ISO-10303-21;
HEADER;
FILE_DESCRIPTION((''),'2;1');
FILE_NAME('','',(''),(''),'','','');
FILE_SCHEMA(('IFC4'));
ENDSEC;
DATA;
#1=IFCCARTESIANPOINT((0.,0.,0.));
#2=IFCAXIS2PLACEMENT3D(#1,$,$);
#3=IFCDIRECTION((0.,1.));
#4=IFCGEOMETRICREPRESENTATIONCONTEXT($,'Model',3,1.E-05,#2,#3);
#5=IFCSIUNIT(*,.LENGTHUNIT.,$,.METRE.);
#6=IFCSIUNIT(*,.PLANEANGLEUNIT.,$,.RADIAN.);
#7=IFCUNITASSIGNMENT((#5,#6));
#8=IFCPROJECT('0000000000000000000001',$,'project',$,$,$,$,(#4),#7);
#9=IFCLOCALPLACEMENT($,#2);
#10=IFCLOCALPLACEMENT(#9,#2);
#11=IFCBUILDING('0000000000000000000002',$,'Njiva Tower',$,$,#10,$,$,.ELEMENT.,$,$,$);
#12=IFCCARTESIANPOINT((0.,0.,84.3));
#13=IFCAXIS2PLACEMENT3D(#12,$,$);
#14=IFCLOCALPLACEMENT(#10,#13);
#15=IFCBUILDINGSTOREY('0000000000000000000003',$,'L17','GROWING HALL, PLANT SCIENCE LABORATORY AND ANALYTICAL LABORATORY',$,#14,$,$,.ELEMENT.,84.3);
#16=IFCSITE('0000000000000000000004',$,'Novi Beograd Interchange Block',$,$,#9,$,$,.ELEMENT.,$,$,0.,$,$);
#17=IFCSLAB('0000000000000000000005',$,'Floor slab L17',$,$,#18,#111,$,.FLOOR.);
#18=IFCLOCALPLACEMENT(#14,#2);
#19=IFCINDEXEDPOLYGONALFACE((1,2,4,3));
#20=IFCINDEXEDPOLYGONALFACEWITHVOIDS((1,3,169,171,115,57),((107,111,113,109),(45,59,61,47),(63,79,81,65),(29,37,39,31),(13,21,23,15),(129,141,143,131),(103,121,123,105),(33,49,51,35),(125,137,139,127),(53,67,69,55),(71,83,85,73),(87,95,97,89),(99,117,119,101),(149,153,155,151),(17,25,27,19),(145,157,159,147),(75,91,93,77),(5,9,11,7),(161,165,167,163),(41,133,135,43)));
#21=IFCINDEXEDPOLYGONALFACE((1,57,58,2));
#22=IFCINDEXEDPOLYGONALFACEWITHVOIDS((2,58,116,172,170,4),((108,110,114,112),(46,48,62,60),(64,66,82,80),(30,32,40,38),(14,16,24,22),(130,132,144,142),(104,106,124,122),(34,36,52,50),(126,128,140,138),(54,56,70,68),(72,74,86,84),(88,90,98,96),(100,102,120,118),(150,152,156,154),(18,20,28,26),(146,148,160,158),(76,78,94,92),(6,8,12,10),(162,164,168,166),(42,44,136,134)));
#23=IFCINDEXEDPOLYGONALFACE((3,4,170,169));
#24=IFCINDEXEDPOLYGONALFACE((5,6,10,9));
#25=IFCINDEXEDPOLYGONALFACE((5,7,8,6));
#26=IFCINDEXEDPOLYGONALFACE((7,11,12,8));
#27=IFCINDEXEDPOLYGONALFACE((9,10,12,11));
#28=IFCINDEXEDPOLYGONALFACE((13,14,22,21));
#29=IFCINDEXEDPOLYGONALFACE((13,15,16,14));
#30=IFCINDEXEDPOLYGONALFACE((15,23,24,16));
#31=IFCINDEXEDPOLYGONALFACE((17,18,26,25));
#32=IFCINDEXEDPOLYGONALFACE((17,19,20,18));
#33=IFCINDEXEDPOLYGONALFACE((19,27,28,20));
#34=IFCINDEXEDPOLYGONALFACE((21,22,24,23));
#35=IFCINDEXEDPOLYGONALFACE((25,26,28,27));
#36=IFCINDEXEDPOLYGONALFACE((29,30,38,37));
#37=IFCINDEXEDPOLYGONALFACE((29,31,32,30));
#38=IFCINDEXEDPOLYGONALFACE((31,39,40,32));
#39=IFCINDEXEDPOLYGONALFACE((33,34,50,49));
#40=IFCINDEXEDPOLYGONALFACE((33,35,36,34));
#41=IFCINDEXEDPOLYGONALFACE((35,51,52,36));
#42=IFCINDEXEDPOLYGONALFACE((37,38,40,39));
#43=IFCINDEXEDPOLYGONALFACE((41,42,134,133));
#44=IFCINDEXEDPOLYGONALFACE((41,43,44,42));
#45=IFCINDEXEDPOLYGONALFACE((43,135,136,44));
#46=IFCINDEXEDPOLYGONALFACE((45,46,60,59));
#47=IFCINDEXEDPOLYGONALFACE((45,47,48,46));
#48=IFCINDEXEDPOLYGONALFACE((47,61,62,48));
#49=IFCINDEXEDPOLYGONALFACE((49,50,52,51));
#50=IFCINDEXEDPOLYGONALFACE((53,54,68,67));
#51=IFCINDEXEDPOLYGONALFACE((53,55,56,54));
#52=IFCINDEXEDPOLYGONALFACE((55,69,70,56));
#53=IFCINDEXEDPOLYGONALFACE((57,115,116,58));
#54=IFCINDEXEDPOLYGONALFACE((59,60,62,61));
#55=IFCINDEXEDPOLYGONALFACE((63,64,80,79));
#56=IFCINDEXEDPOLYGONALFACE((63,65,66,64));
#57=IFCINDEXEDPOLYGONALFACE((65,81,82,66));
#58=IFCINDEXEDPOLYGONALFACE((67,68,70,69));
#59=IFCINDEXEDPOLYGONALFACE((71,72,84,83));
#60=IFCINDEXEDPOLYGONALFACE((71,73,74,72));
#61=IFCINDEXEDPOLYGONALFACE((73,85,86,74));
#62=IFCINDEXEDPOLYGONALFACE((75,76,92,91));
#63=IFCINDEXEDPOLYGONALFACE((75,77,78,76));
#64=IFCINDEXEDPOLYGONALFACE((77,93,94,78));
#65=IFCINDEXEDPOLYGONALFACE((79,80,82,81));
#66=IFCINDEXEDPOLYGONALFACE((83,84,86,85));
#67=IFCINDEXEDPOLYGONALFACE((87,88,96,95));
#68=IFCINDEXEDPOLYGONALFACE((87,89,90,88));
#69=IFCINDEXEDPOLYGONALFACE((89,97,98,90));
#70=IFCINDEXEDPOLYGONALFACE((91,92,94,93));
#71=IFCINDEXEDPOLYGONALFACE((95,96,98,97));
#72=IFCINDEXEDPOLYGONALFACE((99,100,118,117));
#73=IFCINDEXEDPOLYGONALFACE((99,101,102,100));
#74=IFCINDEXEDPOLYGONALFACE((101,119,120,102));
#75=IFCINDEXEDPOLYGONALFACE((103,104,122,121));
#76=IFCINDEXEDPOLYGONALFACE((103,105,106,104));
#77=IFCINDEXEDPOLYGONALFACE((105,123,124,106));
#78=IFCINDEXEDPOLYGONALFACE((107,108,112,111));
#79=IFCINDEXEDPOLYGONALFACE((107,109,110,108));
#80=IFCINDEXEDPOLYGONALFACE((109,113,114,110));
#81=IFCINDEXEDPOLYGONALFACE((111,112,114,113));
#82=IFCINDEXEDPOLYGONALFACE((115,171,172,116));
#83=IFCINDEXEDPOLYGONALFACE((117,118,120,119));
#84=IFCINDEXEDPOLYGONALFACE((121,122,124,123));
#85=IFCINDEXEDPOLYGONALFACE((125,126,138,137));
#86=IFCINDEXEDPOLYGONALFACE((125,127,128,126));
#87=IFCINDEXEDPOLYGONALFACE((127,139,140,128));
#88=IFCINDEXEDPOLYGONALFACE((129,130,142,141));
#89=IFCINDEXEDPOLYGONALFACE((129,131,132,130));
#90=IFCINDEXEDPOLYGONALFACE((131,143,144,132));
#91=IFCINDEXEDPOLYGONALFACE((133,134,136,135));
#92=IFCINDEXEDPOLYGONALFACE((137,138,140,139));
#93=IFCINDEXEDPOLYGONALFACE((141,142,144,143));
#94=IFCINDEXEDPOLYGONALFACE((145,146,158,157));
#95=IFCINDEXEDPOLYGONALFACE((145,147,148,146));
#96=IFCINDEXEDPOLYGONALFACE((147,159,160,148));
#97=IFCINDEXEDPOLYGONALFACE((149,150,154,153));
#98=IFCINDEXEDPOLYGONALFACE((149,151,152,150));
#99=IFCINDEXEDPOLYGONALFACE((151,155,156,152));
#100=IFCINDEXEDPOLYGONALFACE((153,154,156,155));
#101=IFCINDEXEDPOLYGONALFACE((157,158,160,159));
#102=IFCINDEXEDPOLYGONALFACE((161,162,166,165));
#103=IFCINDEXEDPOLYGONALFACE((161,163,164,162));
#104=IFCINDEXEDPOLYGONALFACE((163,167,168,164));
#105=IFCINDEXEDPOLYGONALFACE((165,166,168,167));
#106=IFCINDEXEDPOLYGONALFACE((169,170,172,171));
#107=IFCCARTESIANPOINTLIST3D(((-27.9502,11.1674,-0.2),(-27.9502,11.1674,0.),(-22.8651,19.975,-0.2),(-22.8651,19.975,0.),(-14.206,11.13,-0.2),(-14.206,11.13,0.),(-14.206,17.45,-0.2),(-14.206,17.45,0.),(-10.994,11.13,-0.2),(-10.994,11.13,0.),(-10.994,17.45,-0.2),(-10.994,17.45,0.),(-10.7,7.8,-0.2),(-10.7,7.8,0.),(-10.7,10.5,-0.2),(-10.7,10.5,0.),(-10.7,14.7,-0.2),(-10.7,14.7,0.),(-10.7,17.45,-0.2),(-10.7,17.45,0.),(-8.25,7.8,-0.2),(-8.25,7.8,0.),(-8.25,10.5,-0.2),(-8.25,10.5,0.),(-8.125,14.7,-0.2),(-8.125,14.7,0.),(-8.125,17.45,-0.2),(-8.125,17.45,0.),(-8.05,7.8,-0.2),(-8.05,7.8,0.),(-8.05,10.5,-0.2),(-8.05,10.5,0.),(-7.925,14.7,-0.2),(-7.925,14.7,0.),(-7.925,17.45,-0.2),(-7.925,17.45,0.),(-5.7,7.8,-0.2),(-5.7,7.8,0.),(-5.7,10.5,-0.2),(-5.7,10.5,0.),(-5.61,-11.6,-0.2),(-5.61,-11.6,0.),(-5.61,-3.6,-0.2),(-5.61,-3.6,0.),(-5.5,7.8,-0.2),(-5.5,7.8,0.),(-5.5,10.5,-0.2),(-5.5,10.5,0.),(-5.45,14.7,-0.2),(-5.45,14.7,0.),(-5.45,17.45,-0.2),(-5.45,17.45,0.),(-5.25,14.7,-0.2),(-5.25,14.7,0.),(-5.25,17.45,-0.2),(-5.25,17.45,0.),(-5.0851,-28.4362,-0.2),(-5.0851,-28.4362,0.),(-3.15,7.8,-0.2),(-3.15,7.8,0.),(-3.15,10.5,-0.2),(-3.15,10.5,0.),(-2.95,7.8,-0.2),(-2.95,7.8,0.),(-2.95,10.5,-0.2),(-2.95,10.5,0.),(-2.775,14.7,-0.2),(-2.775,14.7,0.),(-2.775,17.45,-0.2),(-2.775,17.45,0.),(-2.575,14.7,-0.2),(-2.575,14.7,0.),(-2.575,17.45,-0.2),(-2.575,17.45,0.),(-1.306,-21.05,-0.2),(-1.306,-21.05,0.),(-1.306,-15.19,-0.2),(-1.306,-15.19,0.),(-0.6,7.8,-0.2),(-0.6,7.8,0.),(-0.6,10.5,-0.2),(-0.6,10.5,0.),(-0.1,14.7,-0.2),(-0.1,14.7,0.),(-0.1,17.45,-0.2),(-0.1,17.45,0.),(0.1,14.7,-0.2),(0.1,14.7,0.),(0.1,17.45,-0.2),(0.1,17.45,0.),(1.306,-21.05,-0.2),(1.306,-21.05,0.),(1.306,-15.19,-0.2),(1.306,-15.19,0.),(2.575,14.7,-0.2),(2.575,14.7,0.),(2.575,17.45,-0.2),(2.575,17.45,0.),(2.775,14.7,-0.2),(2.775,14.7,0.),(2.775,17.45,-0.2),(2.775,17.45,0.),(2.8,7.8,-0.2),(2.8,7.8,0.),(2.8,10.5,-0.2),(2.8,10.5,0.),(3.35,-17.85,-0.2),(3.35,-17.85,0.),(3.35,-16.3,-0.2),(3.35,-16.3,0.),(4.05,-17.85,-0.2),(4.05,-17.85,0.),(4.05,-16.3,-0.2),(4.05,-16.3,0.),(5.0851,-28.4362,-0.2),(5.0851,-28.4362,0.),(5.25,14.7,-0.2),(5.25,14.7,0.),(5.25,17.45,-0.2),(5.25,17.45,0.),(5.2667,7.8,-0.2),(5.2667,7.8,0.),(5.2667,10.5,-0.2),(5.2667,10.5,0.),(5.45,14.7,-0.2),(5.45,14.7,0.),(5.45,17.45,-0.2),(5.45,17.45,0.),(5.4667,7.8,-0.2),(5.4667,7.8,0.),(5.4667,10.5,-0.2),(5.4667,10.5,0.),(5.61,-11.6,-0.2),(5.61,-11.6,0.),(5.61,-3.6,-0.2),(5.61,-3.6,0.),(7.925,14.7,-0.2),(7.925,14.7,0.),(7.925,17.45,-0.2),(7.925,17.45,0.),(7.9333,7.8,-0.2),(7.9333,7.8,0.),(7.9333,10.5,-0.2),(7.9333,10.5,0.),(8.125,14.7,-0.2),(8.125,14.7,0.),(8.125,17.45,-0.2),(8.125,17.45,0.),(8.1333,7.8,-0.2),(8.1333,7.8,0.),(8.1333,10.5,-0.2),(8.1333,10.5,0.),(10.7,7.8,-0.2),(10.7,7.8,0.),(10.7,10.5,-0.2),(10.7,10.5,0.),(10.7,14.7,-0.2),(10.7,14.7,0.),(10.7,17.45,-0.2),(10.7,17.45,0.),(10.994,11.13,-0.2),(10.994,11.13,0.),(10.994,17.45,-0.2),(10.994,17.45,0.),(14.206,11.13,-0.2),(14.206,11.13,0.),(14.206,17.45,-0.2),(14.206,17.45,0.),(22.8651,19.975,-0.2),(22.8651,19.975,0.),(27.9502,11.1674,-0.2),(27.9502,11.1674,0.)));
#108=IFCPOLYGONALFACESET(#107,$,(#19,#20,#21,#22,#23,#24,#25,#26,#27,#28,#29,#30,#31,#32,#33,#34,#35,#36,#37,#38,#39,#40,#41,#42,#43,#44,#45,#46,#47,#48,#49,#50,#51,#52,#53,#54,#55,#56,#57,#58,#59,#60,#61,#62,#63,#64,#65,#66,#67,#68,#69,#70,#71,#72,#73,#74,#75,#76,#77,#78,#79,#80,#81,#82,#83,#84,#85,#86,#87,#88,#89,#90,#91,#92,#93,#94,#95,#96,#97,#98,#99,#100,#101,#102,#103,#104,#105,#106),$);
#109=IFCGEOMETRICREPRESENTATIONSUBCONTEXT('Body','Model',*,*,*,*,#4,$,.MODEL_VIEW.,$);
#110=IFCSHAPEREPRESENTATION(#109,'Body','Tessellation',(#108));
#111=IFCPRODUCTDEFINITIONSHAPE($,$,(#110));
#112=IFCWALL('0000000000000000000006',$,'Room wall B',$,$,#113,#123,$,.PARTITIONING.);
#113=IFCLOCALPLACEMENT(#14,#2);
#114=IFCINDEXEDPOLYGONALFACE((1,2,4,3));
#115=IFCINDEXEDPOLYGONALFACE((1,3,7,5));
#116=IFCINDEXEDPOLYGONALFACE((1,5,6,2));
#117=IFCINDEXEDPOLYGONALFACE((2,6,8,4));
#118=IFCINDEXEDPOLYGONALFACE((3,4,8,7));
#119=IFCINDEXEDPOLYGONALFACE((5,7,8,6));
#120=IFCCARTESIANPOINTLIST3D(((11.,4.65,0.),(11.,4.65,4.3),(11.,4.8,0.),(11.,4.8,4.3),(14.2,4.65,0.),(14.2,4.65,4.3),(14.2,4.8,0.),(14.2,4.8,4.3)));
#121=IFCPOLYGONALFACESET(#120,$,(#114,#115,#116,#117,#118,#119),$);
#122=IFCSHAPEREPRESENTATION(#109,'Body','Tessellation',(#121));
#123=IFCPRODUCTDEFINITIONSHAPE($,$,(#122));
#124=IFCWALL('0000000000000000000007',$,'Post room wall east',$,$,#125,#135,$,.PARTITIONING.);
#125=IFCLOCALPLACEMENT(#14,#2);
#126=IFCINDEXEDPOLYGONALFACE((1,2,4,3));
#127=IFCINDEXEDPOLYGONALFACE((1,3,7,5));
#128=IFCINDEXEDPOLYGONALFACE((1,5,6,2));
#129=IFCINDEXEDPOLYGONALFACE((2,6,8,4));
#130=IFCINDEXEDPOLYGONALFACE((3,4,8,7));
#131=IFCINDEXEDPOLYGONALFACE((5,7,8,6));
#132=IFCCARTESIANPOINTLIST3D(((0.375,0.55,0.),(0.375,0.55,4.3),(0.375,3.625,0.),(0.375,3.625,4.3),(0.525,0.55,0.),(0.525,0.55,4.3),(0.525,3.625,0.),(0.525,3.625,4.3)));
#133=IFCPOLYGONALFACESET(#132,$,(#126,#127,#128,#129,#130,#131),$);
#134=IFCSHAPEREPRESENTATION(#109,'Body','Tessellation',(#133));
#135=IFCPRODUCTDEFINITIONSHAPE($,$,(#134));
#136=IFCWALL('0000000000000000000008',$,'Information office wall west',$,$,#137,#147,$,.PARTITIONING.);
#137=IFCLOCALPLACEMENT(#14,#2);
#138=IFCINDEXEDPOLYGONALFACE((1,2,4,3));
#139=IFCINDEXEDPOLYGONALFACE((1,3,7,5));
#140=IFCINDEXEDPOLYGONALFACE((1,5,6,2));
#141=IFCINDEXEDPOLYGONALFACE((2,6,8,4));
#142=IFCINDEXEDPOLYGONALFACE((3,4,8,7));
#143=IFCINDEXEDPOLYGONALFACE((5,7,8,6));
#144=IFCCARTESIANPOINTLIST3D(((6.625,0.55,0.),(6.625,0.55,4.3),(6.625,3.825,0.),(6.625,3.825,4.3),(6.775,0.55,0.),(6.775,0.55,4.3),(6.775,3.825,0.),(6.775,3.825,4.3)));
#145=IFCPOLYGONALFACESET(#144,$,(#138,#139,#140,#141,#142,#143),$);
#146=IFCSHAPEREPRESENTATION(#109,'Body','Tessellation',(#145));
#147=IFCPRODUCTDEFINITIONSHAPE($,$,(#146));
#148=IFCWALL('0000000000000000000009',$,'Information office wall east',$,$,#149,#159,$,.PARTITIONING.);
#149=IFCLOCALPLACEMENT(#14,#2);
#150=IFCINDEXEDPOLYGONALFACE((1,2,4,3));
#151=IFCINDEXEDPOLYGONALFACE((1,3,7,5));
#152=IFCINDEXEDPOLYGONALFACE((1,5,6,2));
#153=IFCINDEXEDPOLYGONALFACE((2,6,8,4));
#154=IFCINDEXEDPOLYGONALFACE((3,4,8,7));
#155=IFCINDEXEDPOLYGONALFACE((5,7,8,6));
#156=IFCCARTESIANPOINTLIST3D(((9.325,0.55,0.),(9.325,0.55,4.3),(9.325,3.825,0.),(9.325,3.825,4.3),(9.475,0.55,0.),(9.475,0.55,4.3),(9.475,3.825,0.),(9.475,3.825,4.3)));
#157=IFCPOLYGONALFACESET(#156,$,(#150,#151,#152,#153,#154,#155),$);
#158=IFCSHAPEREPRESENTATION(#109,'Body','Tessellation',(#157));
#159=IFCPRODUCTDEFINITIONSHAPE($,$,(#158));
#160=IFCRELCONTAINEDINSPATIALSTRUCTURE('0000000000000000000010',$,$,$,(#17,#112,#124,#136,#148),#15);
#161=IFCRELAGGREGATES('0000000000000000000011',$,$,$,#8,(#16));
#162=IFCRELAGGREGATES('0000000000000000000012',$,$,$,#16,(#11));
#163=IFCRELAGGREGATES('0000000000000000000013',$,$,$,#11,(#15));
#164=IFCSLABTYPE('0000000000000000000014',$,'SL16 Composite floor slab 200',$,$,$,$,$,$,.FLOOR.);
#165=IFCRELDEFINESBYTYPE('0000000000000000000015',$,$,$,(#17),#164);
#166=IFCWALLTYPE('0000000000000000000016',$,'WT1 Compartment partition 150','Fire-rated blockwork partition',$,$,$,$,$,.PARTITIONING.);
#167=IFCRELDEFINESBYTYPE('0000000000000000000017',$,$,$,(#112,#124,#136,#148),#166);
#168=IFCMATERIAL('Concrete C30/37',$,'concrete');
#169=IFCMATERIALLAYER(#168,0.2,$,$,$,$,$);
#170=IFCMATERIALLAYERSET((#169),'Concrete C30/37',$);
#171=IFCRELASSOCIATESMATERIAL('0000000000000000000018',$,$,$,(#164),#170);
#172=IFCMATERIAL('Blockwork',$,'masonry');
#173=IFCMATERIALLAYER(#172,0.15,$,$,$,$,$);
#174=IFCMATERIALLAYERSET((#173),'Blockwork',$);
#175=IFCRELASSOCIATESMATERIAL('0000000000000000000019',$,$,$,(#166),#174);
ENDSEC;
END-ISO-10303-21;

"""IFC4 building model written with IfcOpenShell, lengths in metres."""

from ifc_helpers import new_model, si_unit, direction, frame, frame_2d, origin, place, context, subcontext, project, spatial, polyline, rectangle, outline, extrude, material, layer, layer_set, type_object, element, save


model = new_model("IFC4")

# Units and contexts
model_context = context("Model", 3, precision=1e-05, world=origin(), true_north=direction((0.0, 1.0)))
body_context = subcontext(model_context, "Body", "Model", "MODEL_VIEW")
ifc_project = project(units=[si_unit("LENGTHUNIT", "METRE"), si_unit("PLANEANGLEUNIT", "RADIAN")], contexts=[model_context])

# Site, building, storey
site_placement = place(None, origin())
site = spatial("IfcSite", under=ifc_project, at=site_placement, Name="Novi Beograd Interchange Block", CompositionType="ELEMENT", RefElevation=0.0)
building_placement = place(site_placement, origin())
building = spatial("IfcBuilding", under=site, at=building_placement, Name="Njiva Tower", CompositionType="ELEMENT")
storey_placement = place(building_placement, frame((0.0, 0.0, 84.3)))
storey = spatial("IfcBuildingStorey", under=building, at=storey_placement, Name="L17", Description="GROWING HALL, PLANT SCIENCE LABORATORY AND ANALYTICAL LABORATORY", CompositionType="ELEMENT", Elevation=84.3)

# Slab
ifc_material_1 = material(Name="Concrete C30/37", Category="concrete")
ifc_layer_1 = layer(ifc_material_1, 0.2)
ifc_layer_set_1 = layer_set([ifc_layer_1], Name="Concrete C30/37")
slab_type_1 = type_object("IfcSlabType", Name="SL16 Composite floor slab 200", PredefinedType="FLOOR", material=ifc_layer_set_1)
slab_1_placement = place(storey_placement, frame((0.0, 0.0, -0.2)))
element("IfcSlab", 1, at=slab_1_placement, inside=storey, type_object=slab_type_1, Name="Floor slab L17", PredefinedType="FLOOR", context=body_context, shape_type="SweptSolid", body=[
    extrude(outline(polyline([(27.9502, 11.1674), (5.0851, -28.4362), (-5.0851, -28.4362), (-27.9502, 11.1674), (-22.8651, 19.975), (22.8651, 19.975), (27.9502, 11.1674)]), holes=[polyline([(10.994, 11.13), (14.206, 11.13), (14.206, 17.45), (10.994, 17.45), (10.994, 11.13)]), polyline([(8.125, 17.45), (8.125, 14.7), (10.7, 14.7), (10.7, 17.45), (8.125, 17.45)]), polyline([(8.1333, 10.5), (8.1333, 7.8), (10.7, 7.8), (10.7, 10.5), (8.1333, 10.5)]), polyline([(5.4667, 10.5), (5.4667, 7.8), (7.9333, 7.8), (7.9333, 10.5), (5.4667, 10.5)]), polyline([(5.45, 17.45), (5.45, 14.7), (7.925, 14.7), (7.925, 17.45), (5.45, 17.45)]), polyline([(5.61, -11.6), (5.61, -3.6), (-5.61, -3.6), (-5.61, -11.6), (5.61, -11.6)]), polyline([(2.8, 7.8), (5.2667, 7.8), (5.2667, 10.5), (2.8, 10.5), (2.8, 7.8)]), polyline([(2.775, 14.7), (5.25, 14.7), (5.25, 17.45), (2.775, 17.45), (2.775, 14.7)]), polyline([(3.35, -17.85), (4.05, -17.85), (4.05, -16.3), (3.35, -16.3), (3.35, -17.85)]), polyline([(0.1, 14.7), (2.575, 14.7), (2.575, 17.45), (0.1, 17.45), (0.1, 14.7)]), polyline([(-1.306, -21.05), (1.306, -21.05), (1.306, -15.19), (-1.306, -15.19), (-1.306, -21.05)]), polyline([(-2.575, 17.45), (-2.575, 14.7), (-0.1, 14.7), (-0.1, 17.45), (-2.575, 17.45)]), polyline([(-2.95, 10.5), (-2.95, 7.8), (-0.6, 7.8), (-0.6, 10.5), (-2.95, 10.5)]), polyline([(-5.25, 17.45), (-5.25, 14.7), (-2.775, 14.7), (-2.775, 17.45), (-5.25, 17.45)]), polyline([(-5.5, 10.5), (-5.5, 7.8), (-3.15, 7.8), (-3.15, 10.5), (-5.5, 10.5)]), polyline([(-7.925, 14.7), (-5.45, 14.7), (-5.45, 17.45), (-7.925, 17.45), (-7.925, 14.7)]), polyline([(-8.05, 7.8), (-5.7, 7.8), (-5.7, 10.5), (-8.05, 10.5), (-8.05, 7.8)]), polyline([(-10.7, 14.7), (-8.125, 14.7), (-8.125, 17.45), (-10.7, 17.45), (-10.7, 14.7)]), polyline([(-10.7, 7.8), (-8.25, 7.8), (-8.25, 10.5), (-10.7, 10.5), (-10.7, 7.8)]), polyline([(-14.206, 11.13), (-10.994, 11.13), (-10.994, 17.45), (-14.206, 17.45), (-14.206, 11.13)])]), origin(), (0.0, 0.0, 1.0), 0.2),
])

# Walls
ifc_material_2 = material(Name="Blockwork", Category="masonry")
ifc_layer_2 = layer(ifc_material_2, 0.15)
ifc_layer_set_2 = layer_set([ifc_layer_2], Name="Blockwork")
wall_type_1 = type_object("IfcWallType", Name="WT1 Compartment partition 150", Description="Fire-rated blockwork partition", PredefinedType="PARTITIONING", material=ifc_layer_set_2)
wall_1_placement = place(storey_placement, frame((11.0, 4.725, 0.0), z_axis=(0.0, 0.0, 1.0), x_axis=(1.0, 0.0, 0.0)))
element("IfcWall", 2, at=wall_1_placement, inside=storey, type_object=wall_type_1, Name="Room wall B", PredefinedType="PARTITIONING", context=body_context, shape_type="SweptSolid", body=[
    extrude(rectangle(XDim=3.2, YDim=0.15, at=frame_2d((1.6, 0.0))), origin(), (0.0, 0.0, 1.0), 4.3),
])
wall_2_placement = place(storey_placement, frame((0.45, 0.55, 0.0), z_axis=(0.0, 0.0, 1.0), x_axis=(0.0, 1.0, 0.0)))
element("IfcWall", 3, at=wall_2_placement, inside=storey, type_object=wall_type_1, Name="Post room wall east", PredefinedType="PARTITIONING", context=body_context, shape_type="SweptSolid", body=[
    extrude(rectangle(XDim=3.075, YDim=0.15, at=frame_2d((1.5375, 0.0))), origin(), (0.0, 0.0, 1.0), 4.3),
])
for number, where, z_axis, x_axis, name in (
    (4, (6.7, 0.55, 0.0), (0.0, 0.0, 1.0), (0.0, 1.0, 0.0), "Information office wall west"),
    (5, (9.4, 0.55, 0.0), (0.0, 0.0, 1.0), (0.0, 1.0, 0.0), "Information office wall east"),
):
    element("IfcWall", number, at=place(storey_placement, frame(where, z_axis=z_axis, x_axis=x_axis)), inside=storey, type_object=wall_type_1, Name=name, PredefinedType="PARTITIONING", context=body_context, shape_type="SweptSolid", body=[
        extrude(rectangle(XDim=3.275, YDim=0.15, at=frame_2d((1.6375, 0.0))), origin(), (0.0, 0.0, 1.0), 4.3),
    ])

save(model, "model.ifc")
